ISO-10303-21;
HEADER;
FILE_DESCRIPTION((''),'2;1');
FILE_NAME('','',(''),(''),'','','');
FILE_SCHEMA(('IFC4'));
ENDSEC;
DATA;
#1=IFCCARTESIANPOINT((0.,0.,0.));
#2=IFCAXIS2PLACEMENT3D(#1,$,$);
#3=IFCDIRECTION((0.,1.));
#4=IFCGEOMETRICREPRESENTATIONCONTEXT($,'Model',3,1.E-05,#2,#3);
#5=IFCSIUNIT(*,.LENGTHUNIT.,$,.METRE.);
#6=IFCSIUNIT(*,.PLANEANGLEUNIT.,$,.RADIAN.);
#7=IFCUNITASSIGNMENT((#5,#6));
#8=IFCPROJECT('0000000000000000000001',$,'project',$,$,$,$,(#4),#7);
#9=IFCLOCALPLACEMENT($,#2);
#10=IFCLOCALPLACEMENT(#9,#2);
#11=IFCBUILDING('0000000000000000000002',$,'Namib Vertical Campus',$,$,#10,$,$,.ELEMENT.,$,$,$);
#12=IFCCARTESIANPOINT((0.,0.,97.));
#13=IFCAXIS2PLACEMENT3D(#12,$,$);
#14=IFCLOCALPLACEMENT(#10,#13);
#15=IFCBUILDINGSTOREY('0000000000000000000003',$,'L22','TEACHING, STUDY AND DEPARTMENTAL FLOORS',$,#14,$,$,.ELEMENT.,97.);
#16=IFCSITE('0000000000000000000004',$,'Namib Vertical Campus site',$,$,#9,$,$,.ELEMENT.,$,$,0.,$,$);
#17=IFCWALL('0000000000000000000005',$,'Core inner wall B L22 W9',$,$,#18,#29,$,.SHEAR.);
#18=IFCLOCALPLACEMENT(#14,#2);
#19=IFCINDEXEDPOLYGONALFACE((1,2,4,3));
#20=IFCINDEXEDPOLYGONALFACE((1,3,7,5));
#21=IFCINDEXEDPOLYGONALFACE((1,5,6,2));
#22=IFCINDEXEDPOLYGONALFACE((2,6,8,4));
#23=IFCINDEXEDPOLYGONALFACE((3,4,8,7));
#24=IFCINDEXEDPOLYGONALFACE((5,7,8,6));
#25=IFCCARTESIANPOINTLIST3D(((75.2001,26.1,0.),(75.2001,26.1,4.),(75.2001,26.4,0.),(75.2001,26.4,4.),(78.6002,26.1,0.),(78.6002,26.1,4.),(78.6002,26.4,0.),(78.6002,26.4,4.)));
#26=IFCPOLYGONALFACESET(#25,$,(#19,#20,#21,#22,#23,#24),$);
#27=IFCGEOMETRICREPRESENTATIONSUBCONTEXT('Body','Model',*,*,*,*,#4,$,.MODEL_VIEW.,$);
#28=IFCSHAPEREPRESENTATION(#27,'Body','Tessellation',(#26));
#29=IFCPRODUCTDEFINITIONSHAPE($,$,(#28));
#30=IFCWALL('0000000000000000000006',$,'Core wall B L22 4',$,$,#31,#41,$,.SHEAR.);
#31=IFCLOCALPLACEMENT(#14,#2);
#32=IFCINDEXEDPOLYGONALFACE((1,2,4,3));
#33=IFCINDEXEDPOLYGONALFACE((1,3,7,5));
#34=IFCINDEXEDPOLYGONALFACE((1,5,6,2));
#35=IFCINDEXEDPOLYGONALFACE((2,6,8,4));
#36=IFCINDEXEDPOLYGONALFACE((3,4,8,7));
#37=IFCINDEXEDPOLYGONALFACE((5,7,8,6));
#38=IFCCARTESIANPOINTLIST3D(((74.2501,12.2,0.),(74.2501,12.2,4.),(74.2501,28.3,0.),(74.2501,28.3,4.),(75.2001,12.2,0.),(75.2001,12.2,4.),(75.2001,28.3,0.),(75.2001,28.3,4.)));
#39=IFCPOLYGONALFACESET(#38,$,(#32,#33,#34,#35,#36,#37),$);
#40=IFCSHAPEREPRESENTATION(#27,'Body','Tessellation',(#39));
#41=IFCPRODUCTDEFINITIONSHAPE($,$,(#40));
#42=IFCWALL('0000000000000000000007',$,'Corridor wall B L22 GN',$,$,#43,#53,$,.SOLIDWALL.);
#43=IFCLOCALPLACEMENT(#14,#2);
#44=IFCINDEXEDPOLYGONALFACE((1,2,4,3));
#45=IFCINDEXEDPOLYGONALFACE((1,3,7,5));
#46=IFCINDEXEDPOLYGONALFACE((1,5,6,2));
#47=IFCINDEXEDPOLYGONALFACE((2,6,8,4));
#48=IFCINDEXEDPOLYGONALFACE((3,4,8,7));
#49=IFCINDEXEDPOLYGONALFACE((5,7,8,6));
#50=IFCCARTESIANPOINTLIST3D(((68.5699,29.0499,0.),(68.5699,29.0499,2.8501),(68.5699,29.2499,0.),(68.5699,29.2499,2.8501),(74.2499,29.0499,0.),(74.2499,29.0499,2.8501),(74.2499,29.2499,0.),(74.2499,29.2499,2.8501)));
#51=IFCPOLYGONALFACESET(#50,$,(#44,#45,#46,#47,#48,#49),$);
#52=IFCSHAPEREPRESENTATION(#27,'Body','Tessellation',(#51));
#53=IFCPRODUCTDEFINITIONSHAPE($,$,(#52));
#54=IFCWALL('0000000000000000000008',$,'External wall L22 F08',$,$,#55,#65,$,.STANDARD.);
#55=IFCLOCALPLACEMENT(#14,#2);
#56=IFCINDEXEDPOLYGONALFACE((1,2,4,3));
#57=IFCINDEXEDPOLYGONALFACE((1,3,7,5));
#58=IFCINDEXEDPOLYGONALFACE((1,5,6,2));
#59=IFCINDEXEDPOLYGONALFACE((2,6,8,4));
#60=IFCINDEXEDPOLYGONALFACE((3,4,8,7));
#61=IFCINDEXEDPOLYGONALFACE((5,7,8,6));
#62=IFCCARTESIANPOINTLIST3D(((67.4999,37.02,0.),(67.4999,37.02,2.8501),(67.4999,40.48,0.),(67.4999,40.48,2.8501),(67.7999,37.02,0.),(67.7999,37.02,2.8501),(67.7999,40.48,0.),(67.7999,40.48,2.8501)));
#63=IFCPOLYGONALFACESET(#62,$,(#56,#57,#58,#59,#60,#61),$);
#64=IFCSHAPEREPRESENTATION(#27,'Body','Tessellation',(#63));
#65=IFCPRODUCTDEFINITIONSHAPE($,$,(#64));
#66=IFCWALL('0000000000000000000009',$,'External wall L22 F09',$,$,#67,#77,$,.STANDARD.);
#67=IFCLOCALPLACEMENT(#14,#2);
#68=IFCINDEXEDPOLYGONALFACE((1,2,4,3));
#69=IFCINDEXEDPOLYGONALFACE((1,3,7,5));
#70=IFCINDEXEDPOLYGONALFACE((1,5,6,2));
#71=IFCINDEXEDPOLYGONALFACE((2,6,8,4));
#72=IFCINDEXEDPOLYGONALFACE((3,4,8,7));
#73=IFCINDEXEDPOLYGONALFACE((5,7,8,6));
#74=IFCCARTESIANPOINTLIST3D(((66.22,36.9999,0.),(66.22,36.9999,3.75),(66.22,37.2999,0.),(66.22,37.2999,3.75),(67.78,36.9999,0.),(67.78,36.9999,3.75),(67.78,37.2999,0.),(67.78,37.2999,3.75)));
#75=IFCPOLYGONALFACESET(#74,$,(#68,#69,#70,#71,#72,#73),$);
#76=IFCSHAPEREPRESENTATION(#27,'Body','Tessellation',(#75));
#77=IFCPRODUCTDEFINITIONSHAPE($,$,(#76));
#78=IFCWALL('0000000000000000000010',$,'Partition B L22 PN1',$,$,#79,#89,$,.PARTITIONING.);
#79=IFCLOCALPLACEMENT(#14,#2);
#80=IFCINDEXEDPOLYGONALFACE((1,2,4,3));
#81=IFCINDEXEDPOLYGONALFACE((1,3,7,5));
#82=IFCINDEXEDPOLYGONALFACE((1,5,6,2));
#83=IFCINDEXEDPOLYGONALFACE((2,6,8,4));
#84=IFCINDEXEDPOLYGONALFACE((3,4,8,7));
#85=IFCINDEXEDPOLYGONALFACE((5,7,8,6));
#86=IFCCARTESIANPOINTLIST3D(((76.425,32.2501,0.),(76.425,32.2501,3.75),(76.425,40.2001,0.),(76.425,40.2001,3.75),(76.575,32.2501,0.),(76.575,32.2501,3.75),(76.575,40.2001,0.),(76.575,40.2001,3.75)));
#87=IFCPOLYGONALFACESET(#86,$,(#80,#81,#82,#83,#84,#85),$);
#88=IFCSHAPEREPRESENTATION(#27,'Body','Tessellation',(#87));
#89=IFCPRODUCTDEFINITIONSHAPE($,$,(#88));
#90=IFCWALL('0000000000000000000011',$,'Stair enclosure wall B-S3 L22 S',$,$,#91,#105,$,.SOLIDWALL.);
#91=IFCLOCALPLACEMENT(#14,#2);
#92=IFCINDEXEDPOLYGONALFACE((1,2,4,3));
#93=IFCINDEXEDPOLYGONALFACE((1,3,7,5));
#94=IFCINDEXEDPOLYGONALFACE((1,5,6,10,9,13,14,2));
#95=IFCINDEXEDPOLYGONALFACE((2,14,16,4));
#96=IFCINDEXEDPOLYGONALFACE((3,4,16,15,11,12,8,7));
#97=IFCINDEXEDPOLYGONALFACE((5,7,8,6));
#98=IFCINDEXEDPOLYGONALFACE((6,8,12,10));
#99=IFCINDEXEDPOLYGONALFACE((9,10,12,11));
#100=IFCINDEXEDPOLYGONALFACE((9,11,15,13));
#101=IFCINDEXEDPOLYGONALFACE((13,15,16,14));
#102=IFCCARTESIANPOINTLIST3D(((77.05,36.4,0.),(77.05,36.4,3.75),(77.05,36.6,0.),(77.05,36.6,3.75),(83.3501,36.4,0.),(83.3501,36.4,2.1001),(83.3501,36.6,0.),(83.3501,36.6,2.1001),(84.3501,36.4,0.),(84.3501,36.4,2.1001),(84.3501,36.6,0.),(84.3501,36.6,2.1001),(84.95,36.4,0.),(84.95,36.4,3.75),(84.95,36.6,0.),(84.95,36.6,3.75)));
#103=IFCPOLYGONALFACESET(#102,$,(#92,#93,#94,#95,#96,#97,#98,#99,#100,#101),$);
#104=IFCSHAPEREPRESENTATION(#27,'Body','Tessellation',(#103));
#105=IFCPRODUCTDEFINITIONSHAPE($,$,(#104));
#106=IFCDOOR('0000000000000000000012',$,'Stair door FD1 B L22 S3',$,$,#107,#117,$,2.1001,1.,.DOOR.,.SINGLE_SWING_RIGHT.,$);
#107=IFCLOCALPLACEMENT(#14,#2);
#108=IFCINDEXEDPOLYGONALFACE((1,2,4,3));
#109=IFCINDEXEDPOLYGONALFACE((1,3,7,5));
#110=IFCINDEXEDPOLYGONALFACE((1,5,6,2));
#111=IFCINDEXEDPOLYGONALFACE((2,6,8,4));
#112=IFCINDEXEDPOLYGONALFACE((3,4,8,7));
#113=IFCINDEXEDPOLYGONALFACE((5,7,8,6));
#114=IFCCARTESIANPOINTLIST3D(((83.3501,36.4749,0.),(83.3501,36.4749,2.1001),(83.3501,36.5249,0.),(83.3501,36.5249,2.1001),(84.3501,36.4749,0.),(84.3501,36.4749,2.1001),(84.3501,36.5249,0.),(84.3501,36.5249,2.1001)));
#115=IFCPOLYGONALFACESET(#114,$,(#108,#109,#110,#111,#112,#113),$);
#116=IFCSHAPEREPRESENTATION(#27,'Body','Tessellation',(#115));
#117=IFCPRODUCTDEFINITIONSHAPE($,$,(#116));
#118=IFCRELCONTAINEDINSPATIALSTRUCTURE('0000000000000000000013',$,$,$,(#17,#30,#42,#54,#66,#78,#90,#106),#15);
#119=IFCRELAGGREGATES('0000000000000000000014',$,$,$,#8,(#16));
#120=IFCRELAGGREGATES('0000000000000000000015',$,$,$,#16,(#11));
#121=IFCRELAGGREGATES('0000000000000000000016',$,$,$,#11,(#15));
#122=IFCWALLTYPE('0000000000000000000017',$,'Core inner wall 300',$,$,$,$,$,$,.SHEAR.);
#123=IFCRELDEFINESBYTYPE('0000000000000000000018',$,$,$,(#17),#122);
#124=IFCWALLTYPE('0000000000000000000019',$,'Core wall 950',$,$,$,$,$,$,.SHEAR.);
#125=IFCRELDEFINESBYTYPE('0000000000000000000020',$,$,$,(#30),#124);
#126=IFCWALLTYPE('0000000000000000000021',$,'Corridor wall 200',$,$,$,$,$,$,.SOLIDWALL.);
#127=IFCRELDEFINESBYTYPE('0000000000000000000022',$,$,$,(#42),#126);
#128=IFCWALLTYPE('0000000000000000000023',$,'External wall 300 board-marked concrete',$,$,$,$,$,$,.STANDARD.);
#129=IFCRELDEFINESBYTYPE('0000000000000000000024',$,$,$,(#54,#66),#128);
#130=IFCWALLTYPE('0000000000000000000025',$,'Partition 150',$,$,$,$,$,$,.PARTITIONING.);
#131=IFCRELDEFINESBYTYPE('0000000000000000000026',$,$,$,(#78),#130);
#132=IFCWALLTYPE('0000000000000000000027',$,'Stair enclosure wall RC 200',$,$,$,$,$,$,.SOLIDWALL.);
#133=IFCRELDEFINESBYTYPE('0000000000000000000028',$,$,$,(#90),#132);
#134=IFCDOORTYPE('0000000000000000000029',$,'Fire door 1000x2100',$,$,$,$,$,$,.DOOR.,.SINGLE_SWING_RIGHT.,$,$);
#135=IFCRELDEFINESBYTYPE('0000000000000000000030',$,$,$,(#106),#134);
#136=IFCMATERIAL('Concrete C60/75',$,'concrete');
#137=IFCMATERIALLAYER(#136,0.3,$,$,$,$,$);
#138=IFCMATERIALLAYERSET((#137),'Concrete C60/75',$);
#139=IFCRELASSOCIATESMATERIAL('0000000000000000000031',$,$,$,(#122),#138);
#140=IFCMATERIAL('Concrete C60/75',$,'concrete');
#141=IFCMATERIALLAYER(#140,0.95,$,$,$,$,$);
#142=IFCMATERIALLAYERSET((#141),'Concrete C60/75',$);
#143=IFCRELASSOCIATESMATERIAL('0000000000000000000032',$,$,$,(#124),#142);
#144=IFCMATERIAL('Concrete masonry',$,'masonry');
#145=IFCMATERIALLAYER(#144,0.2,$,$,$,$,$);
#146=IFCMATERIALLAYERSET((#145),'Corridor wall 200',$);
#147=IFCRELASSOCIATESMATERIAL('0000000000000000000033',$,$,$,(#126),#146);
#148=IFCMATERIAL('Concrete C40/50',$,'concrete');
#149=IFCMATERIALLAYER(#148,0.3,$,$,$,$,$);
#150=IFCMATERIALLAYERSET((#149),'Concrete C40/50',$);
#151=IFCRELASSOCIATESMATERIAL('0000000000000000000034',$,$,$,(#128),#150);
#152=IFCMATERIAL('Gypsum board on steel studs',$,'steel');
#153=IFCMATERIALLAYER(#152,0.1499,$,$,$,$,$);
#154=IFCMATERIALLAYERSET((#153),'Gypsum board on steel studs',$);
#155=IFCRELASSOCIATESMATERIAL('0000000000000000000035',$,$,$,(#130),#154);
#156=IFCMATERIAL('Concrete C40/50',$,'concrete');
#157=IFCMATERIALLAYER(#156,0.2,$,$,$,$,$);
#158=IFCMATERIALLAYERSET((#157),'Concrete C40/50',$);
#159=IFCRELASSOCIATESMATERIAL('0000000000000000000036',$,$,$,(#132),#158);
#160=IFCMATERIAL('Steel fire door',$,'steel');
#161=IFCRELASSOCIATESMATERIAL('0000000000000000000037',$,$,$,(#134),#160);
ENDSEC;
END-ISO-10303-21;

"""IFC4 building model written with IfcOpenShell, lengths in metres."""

from ifc_helpers import new_model, si_unit, direction, frame, frame_2d, origin, place, context, subcontext, project, spatial, rectangle, extrude, material, layer, layer_set, type_object, element, fill, save


model = new_model("IFC4")

# Units and contexts
model_context = context("Model", 3, precision=1e-05, world=origin(), true_north=direction((0.0, 1.0)))
body_context = subcontext(model_context, "Body", "Model", "MODEL_VIEW")
ifc_project = project(units=[si_unit("LENGTHUNIT", "METRE"), si_unit("PLANEANGLEUNIT", "RADIAN")], contexts=[model_context])

# Site, building, storey
site_placement = place(None, origin())
site = spatial("IfcSite", under=ifc_project, at=site_placement, Name="Namib Vertical Campus site", CompositionType="ELEMENT", RefElevation=0.0)
building_placement = place(site_placement, origin())
building = spatial("IfcBuilding", under=site, at=building_placement, Name="Namib Vertical Campus", CompositionType="ELEMENT")
storey_placement = place(building_placement, frame((0.0, 0.0, 97.0)))
storey = spatial("IfcBuildingStorey", under=building, at=storey_placement, Name="L22", Description="TEACHING, STUDY AND DEPARTMENTAL FLOORS", CompositionType="ELEMENT", Elevation=97.0)

# Walls
ifc_material_1 = material(Name="Concrete C60/75", Category="concrete")
ifc_layer_1 = layer(ifc_material_1, 0.3)
ifc_layer_set_1 = layer_set([ifc_layer_1], Name="Concrete C60/75")
wall_type_1 = type_object("IfcWallType", Name="Core inner wall 300", PredefinedType="SHEAR", material=ifc_layer_set_1)
for number, where, z_axis, x_axis, name in (
    (1, (75.2, 26.25, 0.0), (0.0, 0.0, 1.0), (1.0, 0.0, 0.0), "Core inner wall B L22 W9"),
):
    element("IfcWall", number, at=place(storey_placement, frame(where, z_axis=z_axis, x_axis=x_axis)), inside=storey, type_object=wall_type_1, Name=name, PredefinedType="SHEAR", context=body_context, shape_type="SweptSolid", body=[
        extrude(rectangle(XDim=3.4001, YDim=0.3, at=frame_2d((1.7002, 0.0))), origin(), (0.0, 0.0, 1.0), 4.0),
    ])
ifc_material_2 = material(Name="Concrete C60/75", Category="concrete")
ifc_layer_2 = layer(ifc_material_2, 0.95)
ifc_layer_set_2 = layer_set([ifc_layer_2], Name="Concrete C60/75")
wall_type_2 = type_object("IfcWallType", Name="Core wall 950", PredefinedType="SHEAR", material=ifc_layer_set_2)
wall_1_placement = place(storey_placement, frame((74.7251, 28.3, 0.0), z_axis=(0.0, 0.0, 1.0), x_axis=(0.0, -1.0, 0.0)))
element("IfcWall", 2, at=wall_1_placement, inside=storey, type_object=wall_type_2, Name="Core wall B L22 4", PredefinedType="SHEAR", context=body_context, shape_type="SweptSolid", body=[
    extrude(rectangle(XDim=16.1001, YDim=0.95, at=frame_2d((8.05, 0.0))), origin(), (0.0, 0.0, 1.0), 4.0),
])
ifc_material_3 = material(Name="Concrete masonry", Category="masonry")
ifc_layer_3 = layer(ifc_material_3, 0.2)
ifc_layer_set_3 = layer_set([ifc_layer_3], Name="Corridor wall 200")
wall_type_3 = type_object("IfcWallType", Name="Corridor wall 200", PredefinedType="SOLIDWALL", material=ifc_layer_set_3)
wall_2_placement = place(storey_placement, frame((68.5701, 29.1499, 0.0), z_axis=(0.0, 0.0, 1.0), x_axis=(1.0, 0.0, 0.0)))
element("IfcWall", 3, at=wall_2_placement, inside=storey, type_object=wall_type_3, Name="Corridor wall B L22 GN", PredefinedType="SOLIDWALL", context=body_context, shape_type="SweptSolid", body=[
    extrude(rectangle(XDim=5.6799, YDim=0.2, at=frame_2d((2.8398, 0.0))), origin(), (0.0, 0.0, 1.0), 2.8501),
])
ifc_material_4 = material(Name="Concrete C40/50", Category="concrete")
ifc_layer_4 = layer(ifc_material_4, 0.3)
ifc_layer_set_4 = layer_set([ifc_layer_4], Name="Concrete C40/50")
wall_type_4 = type_object("IfcWallType", Name="External wall 300 board-marked concrete", PredefinedType="STANDARD", material=ifc_layer_set_4)
wall_3_placement = place(storey_placement, frame((67.6499, 40.48, 0.0), z_axis=(0.0, 0.0, 1.0), x_axis=(0.0, -1.0, 0.0)))
element("IfcWall", 4, at=wall_3_placement, inside=storey, type_object=wall_type_4, Name="External wall L22 F08", PredefinedType="STANDARD", context=body_context, shape_type="SweptSolid", body=[
    extrude(rectangle(XDim=3.46, YDim=0.3, at=frame_2d((1.73, 0.0))), origin(), (0.0, 0.0, 1.0), 2.8501),
])
wall_4_placement = place(storey_placement, frame((67.78, 37.1499, 0.0), z_axis=(0.0, 0.0, 1.0), x_axis=(-1.0, 0.0, 0.0)))
element("IfcWall", 5, at=wall_4_placement, inside=storey, type_object=wall_type_4, Name="External wall L22 F09", PredefinedType="STANDARD", context=body_context, shape_type="SweptSolid", body=[
    extrude(rectangle(XDim=1.5601, YDim=0.3, at=frame_2d((0.78, 0.0))), origin(), (0.0, 0.0, 1.0), 3.75),
])
ifc_material_5 = material(Name="Gypsum board on steel studs", Category="steel")
ifc_layer_5 = layer(ifc_material_5, 0.1499)
ifc_layer_set_5 = layer_set([ifc_layer_5], Name="Gypsum board on steel studs")
wall_type_5 = type_object("IfcWallType", Name="Partition 150", PredefinedType="PARTITIONING", material=ifc_layer_set_5)
wall_5_placement = place(storey_placement, frame((76.5, 32.25, 0.0), z_axis=(0.0, 0.0, 1.0), x_axis=(0.0, 1.0, 0.0)))
element("IfcWall", 6, at=wall_5_placement, inside=storey, type_object=wall_type_5, Name="Partition B L22 PN1", PredefinedType="PARTITIONING", context=body_context, shape_type="SweptSolid", body=[
    extrude(rectangle(XDim=7.95, YDim=0.1499, at=frame_2d((3.9751, 0.0))), origin(), (0.0, 0.0, 1.0), 3.75),
])

# Wall, opening, door
ifc_material_6 = material(Name="Concrete C40/50", Category="concrete")
ifc_layer_6 = layer(ifc_material_6, 0.2)
ifc_layer_set_6 = layer_set([ifc_layer_6], Name="Concrete C40/50")
wall_type_6 = type_object("IfcWallType", Name="Stair enclosure wall RC 200", PredefinedType="SOLIDWALL", material=ifc_layer_set_6)
wall_6_placement = place(storey_placement, frame((77.05, 36.5, 0.0), z_axis=(0.0, 0.0, 1.0), x_axis=(1.0, 0.0, 0.0)))
wall_6 = element("IfcWall", 7, at=wall_6_placement, inside=storey, type_object=wall_type_6, Name="Stair enclosure wall B-S3 L22 S", PredefinedType="SOLIDWALL", context=body_context, shape_type="SweptSolid", body=[
    extrude(rectangle(XDim=7.8999, YDim=0.2, at=frame_2d((3.95, 0.0))), origin(), (0.0, 0.0, 1.0), 3.75),
])
opening_placement = place(wall_6_placement, frame((6.3, 0.0, 0.0)))
opening = element("IfcOpeningElement", 8, at=opening_placement, cuts=wall_6, PredefinedType="OPENING", context=body_context, shape_type="SweptSolid", body=[
    extrude(rectangle(XDim=1.0, YDim=2.1001, at=frame_2d((0.5, 1.05))), frame((0.0, 0.1099, 0.0), z_axis=(0.0, -1.0, 0.0), x_axis=(1.0, 0.0, 0.0)), (0.0, 0.0, 1.0), 0.22),
])
ifc_material_7 = material(Name="Steel fire door", Category="steel")
door_type = type_object("IfcDoorType", Name="Fire door 1000x2100", OperationType="SINGLE_SWING_RIGHT", PredefinedType="DOOR", material=ifc_material_7)
door_placement = place(opening_placement, origin())
door = element("IfcDoor", 9, at=door_placement, inside=storey, type_object=door_type, Name="Stair door FD1 B L22 S3", OperationType="SINGLE_SWING_RIGHT", OverallHeight=2.1001, OverallWidth=1.0, PredefinedType="DOOR", context=body_context, shape_type="SweptSolid", body=[
    extrude(rectangle(XDim=1.0, YDim=2.1001, at=frame_2d((0.5, 1.05))), frame((0.0, 0.0249, 0.0), z_axis=(0.0, -1.0, 0.0), x_axis=(1.0, 0.0, 0.0)), (0.0, 0.0, 1.0), 0.05),
])
fill(opening, door)

save(model, "model.ifc")
